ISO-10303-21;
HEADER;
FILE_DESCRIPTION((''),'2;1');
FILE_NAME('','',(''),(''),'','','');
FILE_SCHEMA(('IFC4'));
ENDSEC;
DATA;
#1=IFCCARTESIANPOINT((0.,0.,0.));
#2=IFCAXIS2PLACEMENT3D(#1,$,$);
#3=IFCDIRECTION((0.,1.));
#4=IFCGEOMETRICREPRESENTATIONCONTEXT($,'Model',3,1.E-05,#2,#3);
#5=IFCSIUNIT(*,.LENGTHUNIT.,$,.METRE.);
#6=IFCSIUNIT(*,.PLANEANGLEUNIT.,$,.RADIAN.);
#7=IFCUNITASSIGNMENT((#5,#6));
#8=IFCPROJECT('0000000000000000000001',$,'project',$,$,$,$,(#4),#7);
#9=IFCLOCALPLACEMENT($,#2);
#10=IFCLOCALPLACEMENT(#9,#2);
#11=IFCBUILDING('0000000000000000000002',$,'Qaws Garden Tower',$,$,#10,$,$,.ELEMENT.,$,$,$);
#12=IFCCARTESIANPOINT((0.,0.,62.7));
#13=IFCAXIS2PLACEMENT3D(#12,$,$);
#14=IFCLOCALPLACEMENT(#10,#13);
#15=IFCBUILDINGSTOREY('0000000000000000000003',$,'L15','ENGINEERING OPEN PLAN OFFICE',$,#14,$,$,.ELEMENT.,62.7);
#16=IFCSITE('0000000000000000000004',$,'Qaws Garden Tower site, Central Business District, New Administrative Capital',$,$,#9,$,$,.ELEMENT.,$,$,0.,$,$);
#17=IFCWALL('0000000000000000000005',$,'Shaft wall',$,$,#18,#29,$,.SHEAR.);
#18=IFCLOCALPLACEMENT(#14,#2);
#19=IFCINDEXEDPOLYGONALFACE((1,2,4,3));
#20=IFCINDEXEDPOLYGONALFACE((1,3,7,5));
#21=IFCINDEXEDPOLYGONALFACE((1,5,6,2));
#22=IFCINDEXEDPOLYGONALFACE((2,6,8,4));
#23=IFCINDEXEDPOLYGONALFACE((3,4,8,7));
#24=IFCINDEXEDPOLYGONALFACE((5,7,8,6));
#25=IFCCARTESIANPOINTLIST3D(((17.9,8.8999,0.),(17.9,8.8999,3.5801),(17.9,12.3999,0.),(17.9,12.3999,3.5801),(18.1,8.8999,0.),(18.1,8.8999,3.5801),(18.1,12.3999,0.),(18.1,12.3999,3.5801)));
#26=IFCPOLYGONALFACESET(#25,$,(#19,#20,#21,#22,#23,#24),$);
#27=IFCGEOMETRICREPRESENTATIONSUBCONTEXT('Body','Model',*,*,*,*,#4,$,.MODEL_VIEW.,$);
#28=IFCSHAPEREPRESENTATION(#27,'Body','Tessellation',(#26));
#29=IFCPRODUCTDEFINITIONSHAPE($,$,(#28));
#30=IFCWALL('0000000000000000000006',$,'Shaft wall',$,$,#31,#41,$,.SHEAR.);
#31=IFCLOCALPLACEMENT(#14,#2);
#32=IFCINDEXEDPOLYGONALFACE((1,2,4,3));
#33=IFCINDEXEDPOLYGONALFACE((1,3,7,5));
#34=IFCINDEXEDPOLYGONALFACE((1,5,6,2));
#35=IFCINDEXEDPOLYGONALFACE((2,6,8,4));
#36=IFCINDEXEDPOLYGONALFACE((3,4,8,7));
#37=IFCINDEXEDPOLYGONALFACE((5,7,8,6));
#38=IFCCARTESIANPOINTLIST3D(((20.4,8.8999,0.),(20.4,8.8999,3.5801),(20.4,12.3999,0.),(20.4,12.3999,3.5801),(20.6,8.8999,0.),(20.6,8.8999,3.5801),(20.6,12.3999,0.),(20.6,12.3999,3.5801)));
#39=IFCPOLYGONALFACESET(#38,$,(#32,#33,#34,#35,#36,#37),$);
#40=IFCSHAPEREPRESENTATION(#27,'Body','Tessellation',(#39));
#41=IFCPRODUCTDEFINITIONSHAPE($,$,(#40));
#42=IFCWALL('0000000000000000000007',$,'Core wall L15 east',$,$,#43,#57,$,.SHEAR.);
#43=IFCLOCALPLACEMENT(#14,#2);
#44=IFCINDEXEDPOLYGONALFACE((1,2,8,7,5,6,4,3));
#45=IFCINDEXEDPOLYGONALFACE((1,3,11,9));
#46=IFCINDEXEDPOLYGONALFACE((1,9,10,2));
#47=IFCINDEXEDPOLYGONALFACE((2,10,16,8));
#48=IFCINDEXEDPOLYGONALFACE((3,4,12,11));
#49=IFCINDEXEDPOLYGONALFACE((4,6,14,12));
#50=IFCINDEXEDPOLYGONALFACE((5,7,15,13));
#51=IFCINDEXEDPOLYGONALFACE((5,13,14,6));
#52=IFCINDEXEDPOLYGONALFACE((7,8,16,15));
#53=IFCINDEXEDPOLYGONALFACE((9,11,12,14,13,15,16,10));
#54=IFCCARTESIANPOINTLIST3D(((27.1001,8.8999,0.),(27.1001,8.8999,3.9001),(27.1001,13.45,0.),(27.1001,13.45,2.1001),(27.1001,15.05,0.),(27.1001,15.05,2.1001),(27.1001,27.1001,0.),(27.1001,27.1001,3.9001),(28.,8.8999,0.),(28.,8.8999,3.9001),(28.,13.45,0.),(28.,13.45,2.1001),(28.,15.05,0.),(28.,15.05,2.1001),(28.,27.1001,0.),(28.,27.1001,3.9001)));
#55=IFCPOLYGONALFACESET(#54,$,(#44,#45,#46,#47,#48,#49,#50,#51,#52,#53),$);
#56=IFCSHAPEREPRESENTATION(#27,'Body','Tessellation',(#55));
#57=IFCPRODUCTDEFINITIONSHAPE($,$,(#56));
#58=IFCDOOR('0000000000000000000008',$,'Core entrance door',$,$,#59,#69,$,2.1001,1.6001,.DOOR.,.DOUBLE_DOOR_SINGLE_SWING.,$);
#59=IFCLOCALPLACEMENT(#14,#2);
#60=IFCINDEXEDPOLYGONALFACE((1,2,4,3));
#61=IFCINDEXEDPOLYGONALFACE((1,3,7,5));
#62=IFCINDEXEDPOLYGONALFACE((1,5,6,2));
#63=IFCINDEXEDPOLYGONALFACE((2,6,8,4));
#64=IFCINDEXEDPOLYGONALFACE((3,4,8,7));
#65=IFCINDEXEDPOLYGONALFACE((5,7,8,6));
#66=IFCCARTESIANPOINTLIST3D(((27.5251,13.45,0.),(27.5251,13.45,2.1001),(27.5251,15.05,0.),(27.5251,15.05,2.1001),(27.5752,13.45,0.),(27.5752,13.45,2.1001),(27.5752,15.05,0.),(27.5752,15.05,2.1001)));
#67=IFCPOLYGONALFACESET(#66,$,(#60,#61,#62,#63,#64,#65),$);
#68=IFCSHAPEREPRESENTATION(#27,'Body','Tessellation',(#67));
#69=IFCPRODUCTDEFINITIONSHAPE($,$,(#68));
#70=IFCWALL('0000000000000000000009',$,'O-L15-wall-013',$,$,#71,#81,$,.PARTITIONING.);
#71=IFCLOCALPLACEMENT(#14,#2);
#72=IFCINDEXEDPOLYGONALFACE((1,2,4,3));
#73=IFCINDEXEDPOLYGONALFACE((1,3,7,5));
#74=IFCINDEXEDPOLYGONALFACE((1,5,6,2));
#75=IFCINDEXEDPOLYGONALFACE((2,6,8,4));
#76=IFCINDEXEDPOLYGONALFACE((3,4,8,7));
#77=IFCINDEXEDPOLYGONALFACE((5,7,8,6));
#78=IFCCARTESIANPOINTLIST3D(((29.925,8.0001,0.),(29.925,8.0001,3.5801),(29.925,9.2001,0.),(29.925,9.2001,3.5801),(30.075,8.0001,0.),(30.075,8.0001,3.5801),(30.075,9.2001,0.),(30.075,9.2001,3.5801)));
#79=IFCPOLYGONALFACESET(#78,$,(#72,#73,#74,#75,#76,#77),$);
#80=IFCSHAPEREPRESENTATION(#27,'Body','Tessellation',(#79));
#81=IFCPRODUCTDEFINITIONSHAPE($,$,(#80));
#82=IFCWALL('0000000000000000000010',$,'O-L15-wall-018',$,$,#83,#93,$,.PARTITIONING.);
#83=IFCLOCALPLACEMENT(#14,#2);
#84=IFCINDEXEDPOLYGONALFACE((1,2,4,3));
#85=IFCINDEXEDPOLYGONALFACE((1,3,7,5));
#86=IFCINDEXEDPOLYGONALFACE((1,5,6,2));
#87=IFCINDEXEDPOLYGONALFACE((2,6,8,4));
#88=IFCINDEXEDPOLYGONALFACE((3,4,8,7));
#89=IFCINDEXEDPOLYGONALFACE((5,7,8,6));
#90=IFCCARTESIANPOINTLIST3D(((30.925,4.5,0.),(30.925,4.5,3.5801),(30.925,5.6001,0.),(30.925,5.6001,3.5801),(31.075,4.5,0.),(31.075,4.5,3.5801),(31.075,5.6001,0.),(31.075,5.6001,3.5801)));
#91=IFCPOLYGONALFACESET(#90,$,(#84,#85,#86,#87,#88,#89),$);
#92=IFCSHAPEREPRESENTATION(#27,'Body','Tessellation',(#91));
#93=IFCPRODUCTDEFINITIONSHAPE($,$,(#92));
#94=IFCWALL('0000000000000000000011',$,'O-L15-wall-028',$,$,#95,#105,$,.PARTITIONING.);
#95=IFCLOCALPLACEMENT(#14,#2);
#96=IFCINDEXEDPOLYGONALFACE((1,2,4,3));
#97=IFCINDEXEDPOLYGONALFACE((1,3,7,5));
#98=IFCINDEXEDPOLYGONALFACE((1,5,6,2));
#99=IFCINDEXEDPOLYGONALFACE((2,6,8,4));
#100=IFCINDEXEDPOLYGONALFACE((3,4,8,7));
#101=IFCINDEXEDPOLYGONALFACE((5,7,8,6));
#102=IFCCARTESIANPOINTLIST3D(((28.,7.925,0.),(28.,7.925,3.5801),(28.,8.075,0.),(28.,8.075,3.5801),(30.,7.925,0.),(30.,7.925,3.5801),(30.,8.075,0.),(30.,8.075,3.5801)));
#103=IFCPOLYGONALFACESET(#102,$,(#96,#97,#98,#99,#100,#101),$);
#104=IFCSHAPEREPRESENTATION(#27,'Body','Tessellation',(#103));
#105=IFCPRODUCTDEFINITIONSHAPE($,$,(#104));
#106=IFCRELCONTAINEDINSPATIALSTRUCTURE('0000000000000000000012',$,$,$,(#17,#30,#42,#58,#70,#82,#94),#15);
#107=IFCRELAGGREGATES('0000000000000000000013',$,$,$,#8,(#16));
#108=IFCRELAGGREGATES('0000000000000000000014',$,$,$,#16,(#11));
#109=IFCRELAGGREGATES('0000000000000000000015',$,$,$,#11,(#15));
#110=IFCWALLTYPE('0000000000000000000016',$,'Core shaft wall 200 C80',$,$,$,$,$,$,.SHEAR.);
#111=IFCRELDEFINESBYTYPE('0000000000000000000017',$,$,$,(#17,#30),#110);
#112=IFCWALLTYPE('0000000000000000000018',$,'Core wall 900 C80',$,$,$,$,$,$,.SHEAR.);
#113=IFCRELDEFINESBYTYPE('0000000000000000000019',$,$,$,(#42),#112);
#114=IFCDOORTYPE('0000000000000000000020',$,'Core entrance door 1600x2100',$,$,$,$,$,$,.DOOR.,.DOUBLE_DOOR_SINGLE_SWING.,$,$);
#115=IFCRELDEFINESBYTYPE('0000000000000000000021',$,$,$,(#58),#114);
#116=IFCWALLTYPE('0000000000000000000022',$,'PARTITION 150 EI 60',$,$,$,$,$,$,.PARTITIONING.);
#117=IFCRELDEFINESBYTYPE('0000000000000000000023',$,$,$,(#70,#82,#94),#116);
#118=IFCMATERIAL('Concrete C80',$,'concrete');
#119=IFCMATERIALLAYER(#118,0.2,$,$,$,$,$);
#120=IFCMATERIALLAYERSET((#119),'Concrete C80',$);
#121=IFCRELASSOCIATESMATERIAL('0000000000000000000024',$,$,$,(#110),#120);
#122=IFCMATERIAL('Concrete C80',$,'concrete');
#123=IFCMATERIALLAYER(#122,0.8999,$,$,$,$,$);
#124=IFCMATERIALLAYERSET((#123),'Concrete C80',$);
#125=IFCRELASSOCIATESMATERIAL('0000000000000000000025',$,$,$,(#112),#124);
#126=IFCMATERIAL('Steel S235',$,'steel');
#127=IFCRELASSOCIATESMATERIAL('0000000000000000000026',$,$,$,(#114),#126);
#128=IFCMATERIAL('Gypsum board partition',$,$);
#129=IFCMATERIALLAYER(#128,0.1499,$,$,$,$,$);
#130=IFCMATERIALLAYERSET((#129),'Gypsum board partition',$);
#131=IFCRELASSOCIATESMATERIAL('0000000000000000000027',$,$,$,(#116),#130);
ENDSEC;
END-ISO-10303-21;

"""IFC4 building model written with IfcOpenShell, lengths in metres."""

from ifc_helpers import new_model, si_unit, direction, frame, frame_2d, origin, place, context, subcontext, project, spatial, rectangle, extrude, material, layer, layer_set, type_object, element, fill, save


model = new_model("IFC4")

# Units and contexts
model_context = context("Model", 3, precision=1e-05, world=origin(), true_north=direction((0.0, 1.0)))
body_context = subcontext(model_context, "Body", "Model", "MODEL_VIEW")
ifc_project = project(units=[si_unit("LENGTHUNIT", "METRE"), si_unit("PLANEANGLEUNIT", "RADIAN")], contexts=[model_context])

# Site, building, storey
site_placement = place(None, origin())
site = spatial("IfcSite", under=ifc_project, at=site_placement, Name="Qaws Garden Tower site, Central Business District, New Administrative Capital", CompositionType="ELEMENT", RefElevation=0.0)
building_placement = place(site_placement, origin())
building = spatial("IfcBuilding", under=site, at=building_placement, Name="Qaws Garden Tower", CompositionType="ELEMENT")
storey_placement = place(building_placement, frame((0.0, 0.0, 62.7)))
storey = spatial("IfcBuildingStorey", under=building, at=storey_placement, Name="L15", Description="ENGINEERING OPEN PLAN OFFICE", CompositionType="ELEMENT", Elevation=62.7)

# Walls
ifc_material_1 = material(Name="Concrete C80", Category="concrete")
ifc_layer_1 = layer(ifc_material_1, 0.2)
ifc_layer_set_1 = layer_set([ifc_layer_1], Name="Concrete C80")
wall_type_1 = type_object("IfcWallType", Name="Core shaft wall 200 C80", PredefinedType="SHEAR", material=ifc_layer_set_1)
for number, where, z_axis, x_axis, name in (
    (1, (18.0, 8.8999, 0.0), (0.0, 0.0, 1.0), (0.0, 1.0, 0.0), "Shaft wall"),
    (2, (20.5, 8.8999, 0.0), (0.0, 0.0, 1.0), (0.0, 1.0, 0.0), "Shaft wall"),
):
    element("IfcWall", number, at=place(storey_placement, frame(where, z_axis=z_axis, x_axis=x_axis)), inside=storey, type_object=wall_type_1, Name=name, PredefinedType="SHEAR", context=body_context, shape_type="SweptSolid", body=[
        extrude(rectangle(XDim=3.5, YDim=0.2, at=frame_2d((1.75, 0.0))), origin(), (0.0, 0.0, 1.0), 3.5801),
    ])

# Wall, opening, door
ifc_material_2 = material(Name="Concrete C80", Category="concrete")
ifc_layer_2 = layer(ifc_material_2, 0.8999)
ifc_layer_set_2 = layer_set([ifc_layer_2], Name="Concrete C80")
wall_type_2 = type_object("IfcWallType", Name="Core wall 900 C80", PredefinedType="SHEAR", material=ifc_layer_set_2)
wall_1_placement = place(storey_placement, frame((27.55, 8.8999, 0.0), z_axis=(0.0, 0.0, 1.0), x_axis=(0.0, 1.0, 0.0)))
wall_1 = element("IfcWall", 3, at=wall_1_placement, inside=storey, type_object=wall_type_2, Name="Core wall L15 east", PredefinedType="SHEAR", context=body_context, shape_type="SweptSolid", body=[
    extrude(rectangle(XDim=18.2002, YDim=0.8999, at=frame_2d((9.1001, 0.0))), origin(), (0.0, 0.0, 1.0), 3.9001),
])
opening_1_placement = place(wall_1_placement, frame((4.55, 0.0, 0.0)))
opening_1 = element("IfcOpeningElement", 4, at=opening_1_placement, cuts=wall_1, PredefinedType="OPENING", context=body_context, shape_type="SweptSolid", body=[
    extrude(rectangle(XDim=1.6001, YDim=2.1001, at=frame_2d((0.8, 1.05))), frame((0.0, 0.46, 0.0), z_axis=(0.0, -1.0, 0.0), x_axis=(1.0, 0.0, 0.0)), (0.0, 0.0, 1.0), 0.9199),
])
ifc_material_3 = material(Name="Steel S235", Category="steel")
door_type = type_object("IfcDoorType", Name="Core entrance door 1600x2100", OperationType="DOUBLE_DOOR_SINGLE_SWING", PredefinedType="DOOR", material=ifc_material_3)
door_placement = place(opening_1_placement, origin())
door = element("IfcDoor", 5, at=door_placement, inside=storey, type_object=door_type, Name="Core entrance door", OperationType="DOUBLE_DOOR_SINGLE_SWING", OverallHeight=2.1001, OverallWidth=1.6001, PredefinedType="DOOR", context=body_context, shape_type="SweptSolid", body=[
    extrude(rectangle(XDim=1.6001, YDim=2.1001, at=frame_2d((0.8, 1.05))), frame((0.0, 0.0249, 0.0), z_axis=(0.0, -1.0, 0.0), x_axis=(1.0, 0.0, 0.0)), (0.0, 0.0, 1.0), 0.05),
])
fill(opening_1, door)

# Walls
ifc_material_4 = material(Name="Gypsum board partition")
ifc_layer_3 = layer(ifc_material_4, 0.1499)
ifc_layer_set_3 = layer_set([ifc_layer_3], Name="Gypsum board partition")
wall_type_3 = type_object("IfcWallType", Name="PARTITION 150 EI 60", PredefinedType="PARTITIONING", material=ifc_layer_set_3)
wall_2_placement = place(storey_placement, frame((30.0, 8.0, 0.0), z_axis=(0.0, 0.0, 1.0), x_axis=(0.0, 1.0, 0.0)))
element("IfcWall", 6, at=wall_2_placement, inside=storey, type_object=wall_type_3, Name="O-L15-wall-013", PredefinedType="PARTITIONING", context=body_context, shape_type="SweptSolid", body=[
    extrude(rectangle(XDim=1.2, YDim=0.1499, at=frame_2d((0.6001, 0.0))), origin(), (0.0, 0.0, 1.0), 3.5801),
])
wall_3_placement = place(storey_placement, frame((31.0, 4.5, 0.0), z_axis=(0.0, 0.0, 1.0), x_axis=(0.0, 1.0, 0.0)))
element("IfcWall", 7, at=wall_3_placement, inside=storey, type_object=wall_type_3, Name="O-L15-wall-018", PredefinedType="PARTITIONING", context=body_context, shape_type="SweptSolid", body=[
    extrude(rectangle(XDim=1.1001, YDim=0.1499, at=frame_2d((0.55, 0.0))), origin(), (0.0, 0.0, 1.0), 3.5801),
])
wall_4_placement = place(storey_placement, frame((28.0, 8.0, 0.0), z_axis=(0.0, 0.0, 1.0), x_axis=(1.0, 0.0, 0.0)))
element("IfcWall", 8, at=wall_4_placement, inside=storey, type_object=wall_type_3, Name="O-L15-wall-028", PredefinedType="PARTITIONING", context=body_context, shape_type="SweptSolid", body=[
    extrude(rectangle(XDim=2.0, YDim=0.1499, at=frame_2d((1.0, 0.0))), origin(), (0.0, 0.0, 1.0), 3.5801),
])

save(model, "model.ifc")
